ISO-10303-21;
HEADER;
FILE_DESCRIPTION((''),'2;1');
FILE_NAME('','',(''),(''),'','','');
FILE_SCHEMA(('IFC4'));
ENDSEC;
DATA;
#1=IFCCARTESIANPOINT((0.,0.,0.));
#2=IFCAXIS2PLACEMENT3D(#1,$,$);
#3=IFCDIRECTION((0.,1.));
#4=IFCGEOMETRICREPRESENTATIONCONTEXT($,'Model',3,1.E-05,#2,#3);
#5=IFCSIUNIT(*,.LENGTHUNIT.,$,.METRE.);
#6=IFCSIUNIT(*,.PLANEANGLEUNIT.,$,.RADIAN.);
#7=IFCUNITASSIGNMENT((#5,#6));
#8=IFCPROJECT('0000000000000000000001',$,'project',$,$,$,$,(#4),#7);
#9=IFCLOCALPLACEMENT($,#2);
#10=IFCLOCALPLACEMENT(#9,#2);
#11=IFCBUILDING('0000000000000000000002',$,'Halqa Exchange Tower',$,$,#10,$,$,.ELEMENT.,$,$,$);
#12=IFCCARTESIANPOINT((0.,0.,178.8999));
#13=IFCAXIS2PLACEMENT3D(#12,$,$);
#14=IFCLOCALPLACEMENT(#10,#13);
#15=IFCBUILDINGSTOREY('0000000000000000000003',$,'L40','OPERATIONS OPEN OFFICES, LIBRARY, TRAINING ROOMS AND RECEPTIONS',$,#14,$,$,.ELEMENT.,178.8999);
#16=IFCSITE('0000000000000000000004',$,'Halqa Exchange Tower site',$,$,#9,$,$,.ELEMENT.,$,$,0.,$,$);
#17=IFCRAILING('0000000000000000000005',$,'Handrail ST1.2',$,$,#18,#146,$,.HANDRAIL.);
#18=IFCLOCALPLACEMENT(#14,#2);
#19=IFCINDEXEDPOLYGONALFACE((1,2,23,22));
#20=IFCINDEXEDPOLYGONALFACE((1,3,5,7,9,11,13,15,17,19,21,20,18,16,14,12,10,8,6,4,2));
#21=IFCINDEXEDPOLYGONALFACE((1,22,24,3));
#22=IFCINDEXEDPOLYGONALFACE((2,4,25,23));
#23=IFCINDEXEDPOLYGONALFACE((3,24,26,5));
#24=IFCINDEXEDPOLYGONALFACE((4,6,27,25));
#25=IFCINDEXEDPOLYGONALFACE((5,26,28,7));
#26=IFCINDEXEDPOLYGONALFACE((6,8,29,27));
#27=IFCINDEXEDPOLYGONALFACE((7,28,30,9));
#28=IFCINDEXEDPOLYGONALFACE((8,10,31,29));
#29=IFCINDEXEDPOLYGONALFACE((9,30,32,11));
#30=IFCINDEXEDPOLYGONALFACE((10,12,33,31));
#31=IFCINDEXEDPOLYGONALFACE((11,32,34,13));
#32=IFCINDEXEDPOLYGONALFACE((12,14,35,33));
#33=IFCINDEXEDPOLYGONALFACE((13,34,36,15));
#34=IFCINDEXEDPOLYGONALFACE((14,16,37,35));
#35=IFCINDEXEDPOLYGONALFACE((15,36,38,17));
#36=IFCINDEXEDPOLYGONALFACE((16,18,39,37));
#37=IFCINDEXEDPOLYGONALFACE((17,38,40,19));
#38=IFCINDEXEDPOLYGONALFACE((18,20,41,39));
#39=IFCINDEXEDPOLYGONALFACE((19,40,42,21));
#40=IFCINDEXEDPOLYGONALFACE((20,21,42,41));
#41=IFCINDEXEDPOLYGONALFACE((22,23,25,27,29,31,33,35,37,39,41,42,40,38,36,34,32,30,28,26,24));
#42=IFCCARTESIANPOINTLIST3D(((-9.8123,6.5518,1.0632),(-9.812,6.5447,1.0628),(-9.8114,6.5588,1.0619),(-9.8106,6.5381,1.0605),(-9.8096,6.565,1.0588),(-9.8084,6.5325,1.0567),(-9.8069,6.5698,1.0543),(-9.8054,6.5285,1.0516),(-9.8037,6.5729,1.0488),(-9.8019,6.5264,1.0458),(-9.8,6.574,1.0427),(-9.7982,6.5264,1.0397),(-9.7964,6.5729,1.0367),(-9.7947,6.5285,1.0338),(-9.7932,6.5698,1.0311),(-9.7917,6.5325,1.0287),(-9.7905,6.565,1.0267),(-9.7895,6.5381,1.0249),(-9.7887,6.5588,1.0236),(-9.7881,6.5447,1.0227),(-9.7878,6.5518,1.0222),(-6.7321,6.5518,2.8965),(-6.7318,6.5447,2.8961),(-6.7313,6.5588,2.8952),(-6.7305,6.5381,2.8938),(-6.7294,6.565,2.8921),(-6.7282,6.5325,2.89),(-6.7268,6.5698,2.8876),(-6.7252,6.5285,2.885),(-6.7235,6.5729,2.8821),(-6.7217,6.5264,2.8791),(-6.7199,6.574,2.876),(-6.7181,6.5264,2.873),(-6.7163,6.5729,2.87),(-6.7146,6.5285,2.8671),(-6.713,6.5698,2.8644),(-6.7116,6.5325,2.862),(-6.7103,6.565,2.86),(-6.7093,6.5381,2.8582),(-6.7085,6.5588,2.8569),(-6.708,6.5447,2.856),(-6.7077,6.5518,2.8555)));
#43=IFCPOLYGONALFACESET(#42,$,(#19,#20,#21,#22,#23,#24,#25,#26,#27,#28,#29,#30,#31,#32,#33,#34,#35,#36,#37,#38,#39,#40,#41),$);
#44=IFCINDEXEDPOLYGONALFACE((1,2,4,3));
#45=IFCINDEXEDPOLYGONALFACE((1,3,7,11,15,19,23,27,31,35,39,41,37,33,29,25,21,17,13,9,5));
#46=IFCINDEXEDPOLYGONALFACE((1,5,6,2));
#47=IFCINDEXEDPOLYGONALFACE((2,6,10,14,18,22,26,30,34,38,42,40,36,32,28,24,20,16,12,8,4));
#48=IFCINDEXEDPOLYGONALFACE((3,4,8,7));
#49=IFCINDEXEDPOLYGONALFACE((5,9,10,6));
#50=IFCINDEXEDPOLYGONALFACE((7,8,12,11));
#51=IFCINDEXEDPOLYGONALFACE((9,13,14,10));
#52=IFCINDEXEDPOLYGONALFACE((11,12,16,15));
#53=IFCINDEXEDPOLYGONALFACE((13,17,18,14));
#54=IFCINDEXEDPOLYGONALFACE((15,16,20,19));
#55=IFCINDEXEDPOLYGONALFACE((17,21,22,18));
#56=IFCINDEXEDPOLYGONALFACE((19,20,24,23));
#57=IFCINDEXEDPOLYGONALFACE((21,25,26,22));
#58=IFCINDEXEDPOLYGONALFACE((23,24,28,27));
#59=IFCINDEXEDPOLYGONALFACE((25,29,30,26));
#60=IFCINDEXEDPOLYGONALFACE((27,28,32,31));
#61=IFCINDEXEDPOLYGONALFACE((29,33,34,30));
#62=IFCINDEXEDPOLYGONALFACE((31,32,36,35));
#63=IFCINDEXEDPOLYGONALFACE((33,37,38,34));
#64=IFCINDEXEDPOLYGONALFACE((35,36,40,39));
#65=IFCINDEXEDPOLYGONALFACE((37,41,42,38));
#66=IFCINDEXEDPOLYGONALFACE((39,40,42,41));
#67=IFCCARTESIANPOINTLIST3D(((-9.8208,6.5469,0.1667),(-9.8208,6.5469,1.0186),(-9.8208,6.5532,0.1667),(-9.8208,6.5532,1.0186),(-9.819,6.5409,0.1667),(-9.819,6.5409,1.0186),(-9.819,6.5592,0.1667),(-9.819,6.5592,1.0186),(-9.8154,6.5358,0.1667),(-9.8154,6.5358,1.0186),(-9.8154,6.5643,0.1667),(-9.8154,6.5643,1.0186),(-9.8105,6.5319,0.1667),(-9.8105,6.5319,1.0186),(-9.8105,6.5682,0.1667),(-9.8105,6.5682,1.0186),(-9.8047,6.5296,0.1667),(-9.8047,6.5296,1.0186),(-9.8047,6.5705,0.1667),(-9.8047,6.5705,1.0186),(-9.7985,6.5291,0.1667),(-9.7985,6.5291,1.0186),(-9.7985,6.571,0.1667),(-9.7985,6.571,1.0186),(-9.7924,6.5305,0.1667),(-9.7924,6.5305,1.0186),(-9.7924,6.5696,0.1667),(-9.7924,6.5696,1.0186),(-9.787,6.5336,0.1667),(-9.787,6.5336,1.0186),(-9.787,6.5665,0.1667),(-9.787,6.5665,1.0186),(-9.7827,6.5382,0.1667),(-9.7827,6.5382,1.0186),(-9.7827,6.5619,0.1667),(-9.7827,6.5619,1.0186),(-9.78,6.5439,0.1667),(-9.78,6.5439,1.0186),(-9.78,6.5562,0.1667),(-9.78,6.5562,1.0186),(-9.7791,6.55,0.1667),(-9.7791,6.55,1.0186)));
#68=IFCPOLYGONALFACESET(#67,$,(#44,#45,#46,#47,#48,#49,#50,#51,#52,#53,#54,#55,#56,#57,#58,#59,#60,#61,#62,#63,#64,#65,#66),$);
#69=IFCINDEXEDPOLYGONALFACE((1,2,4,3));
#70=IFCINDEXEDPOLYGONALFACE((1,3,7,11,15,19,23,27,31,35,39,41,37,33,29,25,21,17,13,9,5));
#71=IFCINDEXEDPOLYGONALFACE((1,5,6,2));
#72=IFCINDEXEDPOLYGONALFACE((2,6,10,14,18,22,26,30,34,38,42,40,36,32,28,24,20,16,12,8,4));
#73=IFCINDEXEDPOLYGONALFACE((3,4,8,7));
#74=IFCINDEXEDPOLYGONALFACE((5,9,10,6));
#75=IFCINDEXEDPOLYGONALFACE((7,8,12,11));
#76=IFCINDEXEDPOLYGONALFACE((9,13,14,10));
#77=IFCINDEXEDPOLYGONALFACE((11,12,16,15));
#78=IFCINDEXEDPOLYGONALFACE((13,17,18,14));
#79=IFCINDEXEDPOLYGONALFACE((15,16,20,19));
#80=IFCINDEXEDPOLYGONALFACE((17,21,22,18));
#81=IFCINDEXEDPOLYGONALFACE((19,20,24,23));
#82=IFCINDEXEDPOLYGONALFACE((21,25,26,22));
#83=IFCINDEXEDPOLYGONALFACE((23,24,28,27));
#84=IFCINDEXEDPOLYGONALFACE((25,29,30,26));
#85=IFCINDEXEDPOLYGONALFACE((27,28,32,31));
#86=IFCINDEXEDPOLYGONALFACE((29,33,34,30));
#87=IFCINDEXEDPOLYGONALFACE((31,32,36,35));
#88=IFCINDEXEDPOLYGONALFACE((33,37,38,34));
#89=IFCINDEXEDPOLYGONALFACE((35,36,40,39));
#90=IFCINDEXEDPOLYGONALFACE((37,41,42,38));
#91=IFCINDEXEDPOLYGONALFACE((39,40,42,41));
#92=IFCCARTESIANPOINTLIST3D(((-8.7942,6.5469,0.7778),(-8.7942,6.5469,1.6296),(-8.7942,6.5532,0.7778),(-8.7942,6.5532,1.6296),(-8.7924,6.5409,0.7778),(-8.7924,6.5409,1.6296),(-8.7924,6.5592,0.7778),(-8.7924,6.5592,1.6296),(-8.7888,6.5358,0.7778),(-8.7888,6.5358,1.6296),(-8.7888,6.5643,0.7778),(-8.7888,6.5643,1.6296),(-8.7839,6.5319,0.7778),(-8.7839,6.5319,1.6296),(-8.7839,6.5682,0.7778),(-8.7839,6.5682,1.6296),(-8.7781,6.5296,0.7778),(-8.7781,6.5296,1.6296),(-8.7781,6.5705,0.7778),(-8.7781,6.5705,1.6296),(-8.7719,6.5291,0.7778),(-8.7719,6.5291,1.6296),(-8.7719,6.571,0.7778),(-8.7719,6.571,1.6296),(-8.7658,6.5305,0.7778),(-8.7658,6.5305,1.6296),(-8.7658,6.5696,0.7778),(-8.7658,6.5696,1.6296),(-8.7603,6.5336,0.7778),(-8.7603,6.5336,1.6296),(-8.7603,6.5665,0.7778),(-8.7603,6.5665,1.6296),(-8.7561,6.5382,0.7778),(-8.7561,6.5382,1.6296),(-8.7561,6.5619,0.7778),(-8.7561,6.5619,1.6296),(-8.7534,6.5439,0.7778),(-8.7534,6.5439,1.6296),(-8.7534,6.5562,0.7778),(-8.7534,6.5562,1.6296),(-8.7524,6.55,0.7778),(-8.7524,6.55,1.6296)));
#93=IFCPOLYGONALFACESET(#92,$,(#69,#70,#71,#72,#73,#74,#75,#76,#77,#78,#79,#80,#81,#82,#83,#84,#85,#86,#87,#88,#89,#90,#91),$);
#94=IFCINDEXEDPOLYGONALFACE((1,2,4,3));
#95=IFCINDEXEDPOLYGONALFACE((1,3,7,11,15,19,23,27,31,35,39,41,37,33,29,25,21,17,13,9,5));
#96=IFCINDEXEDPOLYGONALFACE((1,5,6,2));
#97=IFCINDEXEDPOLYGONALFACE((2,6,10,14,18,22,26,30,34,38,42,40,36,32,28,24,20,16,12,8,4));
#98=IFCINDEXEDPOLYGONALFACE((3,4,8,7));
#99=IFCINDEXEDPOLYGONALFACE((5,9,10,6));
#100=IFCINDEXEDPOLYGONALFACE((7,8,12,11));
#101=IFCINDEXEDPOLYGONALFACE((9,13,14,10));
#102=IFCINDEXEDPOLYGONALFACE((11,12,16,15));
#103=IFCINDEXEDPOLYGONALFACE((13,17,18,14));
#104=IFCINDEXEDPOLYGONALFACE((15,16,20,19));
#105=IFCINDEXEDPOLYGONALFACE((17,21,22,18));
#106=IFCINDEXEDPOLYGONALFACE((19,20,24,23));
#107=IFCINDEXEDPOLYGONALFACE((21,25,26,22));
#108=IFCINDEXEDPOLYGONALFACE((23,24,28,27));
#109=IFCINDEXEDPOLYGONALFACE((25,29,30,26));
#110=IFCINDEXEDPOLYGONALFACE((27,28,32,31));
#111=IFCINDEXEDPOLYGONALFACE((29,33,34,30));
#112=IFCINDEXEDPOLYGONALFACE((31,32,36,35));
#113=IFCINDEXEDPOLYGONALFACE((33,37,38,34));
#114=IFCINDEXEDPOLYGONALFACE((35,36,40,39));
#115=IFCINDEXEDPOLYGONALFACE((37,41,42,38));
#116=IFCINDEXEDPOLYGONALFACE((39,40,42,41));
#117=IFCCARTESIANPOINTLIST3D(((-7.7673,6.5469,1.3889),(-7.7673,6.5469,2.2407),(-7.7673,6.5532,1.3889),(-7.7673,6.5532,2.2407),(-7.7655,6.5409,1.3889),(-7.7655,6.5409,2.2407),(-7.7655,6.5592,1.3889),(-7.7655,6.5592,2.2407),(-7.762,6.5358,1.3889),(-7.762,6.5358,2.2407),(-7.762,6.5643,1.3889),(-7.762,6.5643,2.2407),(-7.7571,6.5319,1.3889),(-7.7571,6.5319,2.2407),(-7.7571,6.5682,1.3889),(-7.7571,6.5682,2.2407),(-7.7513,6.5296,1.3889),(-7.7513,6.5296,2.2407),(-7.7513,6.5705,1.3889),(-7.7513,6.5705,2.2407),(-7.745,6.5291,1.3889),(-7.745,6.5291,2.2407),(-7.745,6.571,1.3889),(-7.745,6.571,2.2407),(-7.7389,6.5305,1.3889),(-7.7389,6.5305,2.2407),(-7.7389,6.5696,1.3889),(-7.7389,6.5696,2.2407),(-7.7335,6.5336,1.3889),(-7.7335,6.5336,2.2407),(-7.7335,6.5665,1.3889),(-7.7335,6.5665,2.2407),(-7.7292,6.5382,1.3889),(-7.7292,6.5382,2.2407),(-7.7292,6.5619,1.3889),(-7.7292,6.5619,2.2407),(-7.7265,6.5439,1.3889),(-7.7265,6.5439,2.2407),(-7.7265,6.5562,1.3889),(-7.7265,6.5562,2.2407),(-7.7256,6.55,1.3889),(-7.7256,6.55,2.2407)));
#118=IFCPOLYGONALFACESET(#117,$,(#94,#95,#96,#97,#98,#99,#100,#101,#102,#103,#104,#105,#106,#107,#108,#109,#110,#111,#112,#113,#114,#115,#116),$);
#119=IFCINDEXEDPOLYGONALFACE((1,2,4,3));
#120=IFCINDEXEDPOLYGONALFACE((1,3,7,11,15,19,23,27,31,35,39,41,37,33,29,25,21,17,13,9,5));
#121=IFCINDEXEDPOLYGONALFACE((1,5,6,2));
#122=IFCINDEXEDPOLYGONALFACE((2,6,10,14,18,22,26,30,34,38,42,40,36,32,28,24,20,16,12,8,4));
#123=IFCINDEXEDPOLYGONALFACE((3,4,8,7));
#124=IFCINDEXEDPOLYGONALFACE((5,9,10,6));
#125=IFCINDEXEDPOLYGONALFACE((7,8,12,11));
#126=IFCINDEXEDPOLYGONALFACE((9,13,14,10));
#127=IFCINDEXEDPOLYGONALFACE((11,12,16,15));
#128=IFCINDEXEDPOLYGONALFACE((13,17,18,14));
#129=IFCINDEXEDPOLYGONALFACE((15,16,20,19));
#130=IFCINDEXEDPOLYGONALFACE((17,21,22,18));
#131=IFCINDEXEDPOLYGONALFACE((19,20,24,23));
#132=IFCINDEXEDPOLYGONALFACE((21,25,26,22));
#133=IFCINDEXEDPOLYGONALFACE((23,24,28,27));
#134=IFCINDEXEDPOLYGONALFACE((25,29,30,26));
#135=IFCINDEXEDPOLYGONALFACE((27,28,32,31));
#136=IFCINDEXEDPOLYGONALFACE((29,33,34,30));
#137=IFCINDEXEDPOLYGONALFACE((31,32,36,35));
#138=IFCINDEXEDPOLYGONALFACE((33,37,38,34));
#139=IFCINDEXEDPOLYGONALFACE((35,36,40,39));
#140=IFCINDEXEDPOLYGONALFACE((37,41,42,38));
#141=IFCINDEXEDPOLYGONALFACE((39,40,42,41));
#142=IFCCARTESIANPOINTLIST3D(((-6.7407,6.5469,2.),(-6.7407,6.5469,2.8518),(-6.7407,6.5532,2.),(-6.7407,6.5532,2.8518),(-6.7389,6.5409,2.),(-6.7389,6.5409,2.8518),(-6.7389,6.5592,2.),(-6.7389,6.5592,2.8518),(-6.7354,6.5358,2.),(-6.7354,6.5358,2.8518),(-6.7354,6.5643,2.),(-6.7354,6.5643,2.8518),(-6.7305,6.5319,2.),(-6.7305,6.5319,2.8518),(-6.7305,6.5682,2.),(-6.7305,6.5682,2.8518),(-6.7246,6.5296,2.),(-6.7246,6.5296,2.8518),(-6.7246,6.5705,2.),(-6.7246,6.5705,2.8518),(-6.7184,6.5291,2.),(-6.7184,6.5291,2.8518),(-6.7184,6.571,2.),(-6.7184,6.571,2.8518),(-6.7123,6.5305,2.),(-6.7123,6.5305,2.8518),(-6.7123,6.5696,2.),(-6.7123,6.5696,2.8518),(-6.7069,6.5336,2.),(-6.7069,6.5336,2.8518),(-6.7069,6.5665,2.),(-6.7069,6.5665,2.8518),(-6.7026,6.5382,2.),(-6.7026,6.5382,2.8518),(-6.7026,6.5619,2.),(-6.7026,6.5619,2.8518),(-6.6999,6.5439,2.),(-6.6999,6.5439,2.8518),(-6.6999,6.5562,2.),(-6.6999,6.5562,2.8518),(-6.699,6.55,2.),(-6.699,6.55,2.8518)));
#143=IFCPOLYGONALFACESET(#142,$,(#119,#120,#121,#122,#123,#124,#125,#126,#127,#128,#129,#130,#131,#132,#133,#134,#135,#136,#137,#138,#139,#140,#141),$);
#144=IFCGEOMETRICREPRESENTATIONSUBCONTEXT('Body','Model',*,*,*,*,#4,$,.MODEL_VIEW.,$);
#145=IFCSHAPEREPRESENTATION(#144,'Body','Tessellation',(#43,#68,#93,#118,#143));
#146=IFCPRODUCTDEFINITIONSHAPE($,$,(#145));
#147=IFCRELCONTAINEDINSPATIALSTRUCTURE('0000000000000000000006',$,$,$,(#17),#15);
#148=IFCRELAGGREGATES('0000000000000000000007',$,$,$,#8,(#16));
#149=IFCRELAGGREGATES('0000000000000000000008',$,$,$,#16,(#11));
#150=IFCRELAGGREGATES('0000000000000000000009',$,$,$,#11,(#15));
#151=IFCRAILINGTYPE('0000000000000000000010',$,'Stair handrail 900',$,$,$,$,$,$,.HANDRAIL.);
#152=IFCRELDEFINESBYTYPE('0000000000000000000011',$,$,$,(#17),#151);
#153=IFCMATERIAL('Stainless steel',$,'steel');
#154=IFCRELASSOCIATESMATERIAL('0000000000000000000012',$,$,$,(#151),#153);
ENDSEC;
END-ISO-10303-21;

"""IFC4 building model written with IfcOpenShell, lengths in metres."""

from ifc_helpers import new_model, si_unit, direction, frame, origin, origin_2d, place, context, subcontext, project, spatial, circle, extrude, material, type_object, element, save


model = new_model("IFC4")

# Units and contexts
model_context = context("Model", 3, precision=1e-05, world=origin(), true_north=direction((0.0, 1.0)))
body_context = subcontext(model_context, "Body", "Model", "MODEL_VIEW")
ifc_project = project(units=[si_unit("LENGTHUNIT", "METRE"), si_unit("PLANEANGLEUNIT", "RADIAN")], contexts=[model_context])

# Site, building, storey
site_placement = place(None, origin())
site = spatial("IfcSite", under=ifc_project, at=site_placement, Name="Halqa Exchange Tower site", CompositionType="ELEMENT", RefElevation=0.0)
building_placement = place(site_placement, origin())
building = spatial("IfcBuilding", under=site, at=building_placement, Name="Halqa Exchange Tower", CompositionType="ELEMENT")
storey_placement = place(building_placement, frame((0.0, 0.0, 178.8999)))
storey = spatial("IfcBuildingStorey", under=building, at=storey_placement, Name="L40", Description="OPERATIONS OPEN OFFICES, LIBRARY, TRAINING ROOMS AND RECEPTIONS", CompositionType="ELEMENT", Elevation=178.8999)

# Shared definitions
ifc_material_1 = material(Name="Stainless steel", Category="steel")

# Railing
railing_type_1 = type_object("IfcRailingType", Name="Stair handrail 900", PredefinedType="HANDRAIL", material=ifc_material_1)
railing_1_placement = place(storey_placement, frame((-9.8, 6.55, 0.1667)))
element("IfcRailing", 1, at=railing_1_placement, inside=storey, type_object=railing_type_1, Name="Handrail ST1.2", PredefinedType="HANDRAIL", context=body_context, shape_type="SweptSolid", body=[
    extrude(circle(Radius=0.0239, at=origin_2d()), frame((0.0, 0.0, 0.876), z_axis=(0.859309, 0.0, 0.511458), x_axis=(0.0, 1.0, 0.0)), (0.0, 0.0, 1.0), 3.5845),
    extrude(circle(Radius=0.021, at=origin_2d()), origin(), (0.0, 0.0, 1.0), 0.8518),
    extrude(circle(Radius=0.021, at=origin_2d()), frame((1.0266, 0.0, 0.6111)), (0.0, 0.0, 1.0), 0.8518),
    extrude(circle(Radius=0.021, at=origin_2d()), frame((2.0535, 0.0, 1.2222)), (0.0, 0.0, 1.0), 0.8518),
    extrude(circle(Radius=0.021, at=origin_2d()), frame((3.0801, 0.0, 1.8333)), (0.0, 0.0, 1.0), 0.8518),
])

save(model, "model.ifc")
